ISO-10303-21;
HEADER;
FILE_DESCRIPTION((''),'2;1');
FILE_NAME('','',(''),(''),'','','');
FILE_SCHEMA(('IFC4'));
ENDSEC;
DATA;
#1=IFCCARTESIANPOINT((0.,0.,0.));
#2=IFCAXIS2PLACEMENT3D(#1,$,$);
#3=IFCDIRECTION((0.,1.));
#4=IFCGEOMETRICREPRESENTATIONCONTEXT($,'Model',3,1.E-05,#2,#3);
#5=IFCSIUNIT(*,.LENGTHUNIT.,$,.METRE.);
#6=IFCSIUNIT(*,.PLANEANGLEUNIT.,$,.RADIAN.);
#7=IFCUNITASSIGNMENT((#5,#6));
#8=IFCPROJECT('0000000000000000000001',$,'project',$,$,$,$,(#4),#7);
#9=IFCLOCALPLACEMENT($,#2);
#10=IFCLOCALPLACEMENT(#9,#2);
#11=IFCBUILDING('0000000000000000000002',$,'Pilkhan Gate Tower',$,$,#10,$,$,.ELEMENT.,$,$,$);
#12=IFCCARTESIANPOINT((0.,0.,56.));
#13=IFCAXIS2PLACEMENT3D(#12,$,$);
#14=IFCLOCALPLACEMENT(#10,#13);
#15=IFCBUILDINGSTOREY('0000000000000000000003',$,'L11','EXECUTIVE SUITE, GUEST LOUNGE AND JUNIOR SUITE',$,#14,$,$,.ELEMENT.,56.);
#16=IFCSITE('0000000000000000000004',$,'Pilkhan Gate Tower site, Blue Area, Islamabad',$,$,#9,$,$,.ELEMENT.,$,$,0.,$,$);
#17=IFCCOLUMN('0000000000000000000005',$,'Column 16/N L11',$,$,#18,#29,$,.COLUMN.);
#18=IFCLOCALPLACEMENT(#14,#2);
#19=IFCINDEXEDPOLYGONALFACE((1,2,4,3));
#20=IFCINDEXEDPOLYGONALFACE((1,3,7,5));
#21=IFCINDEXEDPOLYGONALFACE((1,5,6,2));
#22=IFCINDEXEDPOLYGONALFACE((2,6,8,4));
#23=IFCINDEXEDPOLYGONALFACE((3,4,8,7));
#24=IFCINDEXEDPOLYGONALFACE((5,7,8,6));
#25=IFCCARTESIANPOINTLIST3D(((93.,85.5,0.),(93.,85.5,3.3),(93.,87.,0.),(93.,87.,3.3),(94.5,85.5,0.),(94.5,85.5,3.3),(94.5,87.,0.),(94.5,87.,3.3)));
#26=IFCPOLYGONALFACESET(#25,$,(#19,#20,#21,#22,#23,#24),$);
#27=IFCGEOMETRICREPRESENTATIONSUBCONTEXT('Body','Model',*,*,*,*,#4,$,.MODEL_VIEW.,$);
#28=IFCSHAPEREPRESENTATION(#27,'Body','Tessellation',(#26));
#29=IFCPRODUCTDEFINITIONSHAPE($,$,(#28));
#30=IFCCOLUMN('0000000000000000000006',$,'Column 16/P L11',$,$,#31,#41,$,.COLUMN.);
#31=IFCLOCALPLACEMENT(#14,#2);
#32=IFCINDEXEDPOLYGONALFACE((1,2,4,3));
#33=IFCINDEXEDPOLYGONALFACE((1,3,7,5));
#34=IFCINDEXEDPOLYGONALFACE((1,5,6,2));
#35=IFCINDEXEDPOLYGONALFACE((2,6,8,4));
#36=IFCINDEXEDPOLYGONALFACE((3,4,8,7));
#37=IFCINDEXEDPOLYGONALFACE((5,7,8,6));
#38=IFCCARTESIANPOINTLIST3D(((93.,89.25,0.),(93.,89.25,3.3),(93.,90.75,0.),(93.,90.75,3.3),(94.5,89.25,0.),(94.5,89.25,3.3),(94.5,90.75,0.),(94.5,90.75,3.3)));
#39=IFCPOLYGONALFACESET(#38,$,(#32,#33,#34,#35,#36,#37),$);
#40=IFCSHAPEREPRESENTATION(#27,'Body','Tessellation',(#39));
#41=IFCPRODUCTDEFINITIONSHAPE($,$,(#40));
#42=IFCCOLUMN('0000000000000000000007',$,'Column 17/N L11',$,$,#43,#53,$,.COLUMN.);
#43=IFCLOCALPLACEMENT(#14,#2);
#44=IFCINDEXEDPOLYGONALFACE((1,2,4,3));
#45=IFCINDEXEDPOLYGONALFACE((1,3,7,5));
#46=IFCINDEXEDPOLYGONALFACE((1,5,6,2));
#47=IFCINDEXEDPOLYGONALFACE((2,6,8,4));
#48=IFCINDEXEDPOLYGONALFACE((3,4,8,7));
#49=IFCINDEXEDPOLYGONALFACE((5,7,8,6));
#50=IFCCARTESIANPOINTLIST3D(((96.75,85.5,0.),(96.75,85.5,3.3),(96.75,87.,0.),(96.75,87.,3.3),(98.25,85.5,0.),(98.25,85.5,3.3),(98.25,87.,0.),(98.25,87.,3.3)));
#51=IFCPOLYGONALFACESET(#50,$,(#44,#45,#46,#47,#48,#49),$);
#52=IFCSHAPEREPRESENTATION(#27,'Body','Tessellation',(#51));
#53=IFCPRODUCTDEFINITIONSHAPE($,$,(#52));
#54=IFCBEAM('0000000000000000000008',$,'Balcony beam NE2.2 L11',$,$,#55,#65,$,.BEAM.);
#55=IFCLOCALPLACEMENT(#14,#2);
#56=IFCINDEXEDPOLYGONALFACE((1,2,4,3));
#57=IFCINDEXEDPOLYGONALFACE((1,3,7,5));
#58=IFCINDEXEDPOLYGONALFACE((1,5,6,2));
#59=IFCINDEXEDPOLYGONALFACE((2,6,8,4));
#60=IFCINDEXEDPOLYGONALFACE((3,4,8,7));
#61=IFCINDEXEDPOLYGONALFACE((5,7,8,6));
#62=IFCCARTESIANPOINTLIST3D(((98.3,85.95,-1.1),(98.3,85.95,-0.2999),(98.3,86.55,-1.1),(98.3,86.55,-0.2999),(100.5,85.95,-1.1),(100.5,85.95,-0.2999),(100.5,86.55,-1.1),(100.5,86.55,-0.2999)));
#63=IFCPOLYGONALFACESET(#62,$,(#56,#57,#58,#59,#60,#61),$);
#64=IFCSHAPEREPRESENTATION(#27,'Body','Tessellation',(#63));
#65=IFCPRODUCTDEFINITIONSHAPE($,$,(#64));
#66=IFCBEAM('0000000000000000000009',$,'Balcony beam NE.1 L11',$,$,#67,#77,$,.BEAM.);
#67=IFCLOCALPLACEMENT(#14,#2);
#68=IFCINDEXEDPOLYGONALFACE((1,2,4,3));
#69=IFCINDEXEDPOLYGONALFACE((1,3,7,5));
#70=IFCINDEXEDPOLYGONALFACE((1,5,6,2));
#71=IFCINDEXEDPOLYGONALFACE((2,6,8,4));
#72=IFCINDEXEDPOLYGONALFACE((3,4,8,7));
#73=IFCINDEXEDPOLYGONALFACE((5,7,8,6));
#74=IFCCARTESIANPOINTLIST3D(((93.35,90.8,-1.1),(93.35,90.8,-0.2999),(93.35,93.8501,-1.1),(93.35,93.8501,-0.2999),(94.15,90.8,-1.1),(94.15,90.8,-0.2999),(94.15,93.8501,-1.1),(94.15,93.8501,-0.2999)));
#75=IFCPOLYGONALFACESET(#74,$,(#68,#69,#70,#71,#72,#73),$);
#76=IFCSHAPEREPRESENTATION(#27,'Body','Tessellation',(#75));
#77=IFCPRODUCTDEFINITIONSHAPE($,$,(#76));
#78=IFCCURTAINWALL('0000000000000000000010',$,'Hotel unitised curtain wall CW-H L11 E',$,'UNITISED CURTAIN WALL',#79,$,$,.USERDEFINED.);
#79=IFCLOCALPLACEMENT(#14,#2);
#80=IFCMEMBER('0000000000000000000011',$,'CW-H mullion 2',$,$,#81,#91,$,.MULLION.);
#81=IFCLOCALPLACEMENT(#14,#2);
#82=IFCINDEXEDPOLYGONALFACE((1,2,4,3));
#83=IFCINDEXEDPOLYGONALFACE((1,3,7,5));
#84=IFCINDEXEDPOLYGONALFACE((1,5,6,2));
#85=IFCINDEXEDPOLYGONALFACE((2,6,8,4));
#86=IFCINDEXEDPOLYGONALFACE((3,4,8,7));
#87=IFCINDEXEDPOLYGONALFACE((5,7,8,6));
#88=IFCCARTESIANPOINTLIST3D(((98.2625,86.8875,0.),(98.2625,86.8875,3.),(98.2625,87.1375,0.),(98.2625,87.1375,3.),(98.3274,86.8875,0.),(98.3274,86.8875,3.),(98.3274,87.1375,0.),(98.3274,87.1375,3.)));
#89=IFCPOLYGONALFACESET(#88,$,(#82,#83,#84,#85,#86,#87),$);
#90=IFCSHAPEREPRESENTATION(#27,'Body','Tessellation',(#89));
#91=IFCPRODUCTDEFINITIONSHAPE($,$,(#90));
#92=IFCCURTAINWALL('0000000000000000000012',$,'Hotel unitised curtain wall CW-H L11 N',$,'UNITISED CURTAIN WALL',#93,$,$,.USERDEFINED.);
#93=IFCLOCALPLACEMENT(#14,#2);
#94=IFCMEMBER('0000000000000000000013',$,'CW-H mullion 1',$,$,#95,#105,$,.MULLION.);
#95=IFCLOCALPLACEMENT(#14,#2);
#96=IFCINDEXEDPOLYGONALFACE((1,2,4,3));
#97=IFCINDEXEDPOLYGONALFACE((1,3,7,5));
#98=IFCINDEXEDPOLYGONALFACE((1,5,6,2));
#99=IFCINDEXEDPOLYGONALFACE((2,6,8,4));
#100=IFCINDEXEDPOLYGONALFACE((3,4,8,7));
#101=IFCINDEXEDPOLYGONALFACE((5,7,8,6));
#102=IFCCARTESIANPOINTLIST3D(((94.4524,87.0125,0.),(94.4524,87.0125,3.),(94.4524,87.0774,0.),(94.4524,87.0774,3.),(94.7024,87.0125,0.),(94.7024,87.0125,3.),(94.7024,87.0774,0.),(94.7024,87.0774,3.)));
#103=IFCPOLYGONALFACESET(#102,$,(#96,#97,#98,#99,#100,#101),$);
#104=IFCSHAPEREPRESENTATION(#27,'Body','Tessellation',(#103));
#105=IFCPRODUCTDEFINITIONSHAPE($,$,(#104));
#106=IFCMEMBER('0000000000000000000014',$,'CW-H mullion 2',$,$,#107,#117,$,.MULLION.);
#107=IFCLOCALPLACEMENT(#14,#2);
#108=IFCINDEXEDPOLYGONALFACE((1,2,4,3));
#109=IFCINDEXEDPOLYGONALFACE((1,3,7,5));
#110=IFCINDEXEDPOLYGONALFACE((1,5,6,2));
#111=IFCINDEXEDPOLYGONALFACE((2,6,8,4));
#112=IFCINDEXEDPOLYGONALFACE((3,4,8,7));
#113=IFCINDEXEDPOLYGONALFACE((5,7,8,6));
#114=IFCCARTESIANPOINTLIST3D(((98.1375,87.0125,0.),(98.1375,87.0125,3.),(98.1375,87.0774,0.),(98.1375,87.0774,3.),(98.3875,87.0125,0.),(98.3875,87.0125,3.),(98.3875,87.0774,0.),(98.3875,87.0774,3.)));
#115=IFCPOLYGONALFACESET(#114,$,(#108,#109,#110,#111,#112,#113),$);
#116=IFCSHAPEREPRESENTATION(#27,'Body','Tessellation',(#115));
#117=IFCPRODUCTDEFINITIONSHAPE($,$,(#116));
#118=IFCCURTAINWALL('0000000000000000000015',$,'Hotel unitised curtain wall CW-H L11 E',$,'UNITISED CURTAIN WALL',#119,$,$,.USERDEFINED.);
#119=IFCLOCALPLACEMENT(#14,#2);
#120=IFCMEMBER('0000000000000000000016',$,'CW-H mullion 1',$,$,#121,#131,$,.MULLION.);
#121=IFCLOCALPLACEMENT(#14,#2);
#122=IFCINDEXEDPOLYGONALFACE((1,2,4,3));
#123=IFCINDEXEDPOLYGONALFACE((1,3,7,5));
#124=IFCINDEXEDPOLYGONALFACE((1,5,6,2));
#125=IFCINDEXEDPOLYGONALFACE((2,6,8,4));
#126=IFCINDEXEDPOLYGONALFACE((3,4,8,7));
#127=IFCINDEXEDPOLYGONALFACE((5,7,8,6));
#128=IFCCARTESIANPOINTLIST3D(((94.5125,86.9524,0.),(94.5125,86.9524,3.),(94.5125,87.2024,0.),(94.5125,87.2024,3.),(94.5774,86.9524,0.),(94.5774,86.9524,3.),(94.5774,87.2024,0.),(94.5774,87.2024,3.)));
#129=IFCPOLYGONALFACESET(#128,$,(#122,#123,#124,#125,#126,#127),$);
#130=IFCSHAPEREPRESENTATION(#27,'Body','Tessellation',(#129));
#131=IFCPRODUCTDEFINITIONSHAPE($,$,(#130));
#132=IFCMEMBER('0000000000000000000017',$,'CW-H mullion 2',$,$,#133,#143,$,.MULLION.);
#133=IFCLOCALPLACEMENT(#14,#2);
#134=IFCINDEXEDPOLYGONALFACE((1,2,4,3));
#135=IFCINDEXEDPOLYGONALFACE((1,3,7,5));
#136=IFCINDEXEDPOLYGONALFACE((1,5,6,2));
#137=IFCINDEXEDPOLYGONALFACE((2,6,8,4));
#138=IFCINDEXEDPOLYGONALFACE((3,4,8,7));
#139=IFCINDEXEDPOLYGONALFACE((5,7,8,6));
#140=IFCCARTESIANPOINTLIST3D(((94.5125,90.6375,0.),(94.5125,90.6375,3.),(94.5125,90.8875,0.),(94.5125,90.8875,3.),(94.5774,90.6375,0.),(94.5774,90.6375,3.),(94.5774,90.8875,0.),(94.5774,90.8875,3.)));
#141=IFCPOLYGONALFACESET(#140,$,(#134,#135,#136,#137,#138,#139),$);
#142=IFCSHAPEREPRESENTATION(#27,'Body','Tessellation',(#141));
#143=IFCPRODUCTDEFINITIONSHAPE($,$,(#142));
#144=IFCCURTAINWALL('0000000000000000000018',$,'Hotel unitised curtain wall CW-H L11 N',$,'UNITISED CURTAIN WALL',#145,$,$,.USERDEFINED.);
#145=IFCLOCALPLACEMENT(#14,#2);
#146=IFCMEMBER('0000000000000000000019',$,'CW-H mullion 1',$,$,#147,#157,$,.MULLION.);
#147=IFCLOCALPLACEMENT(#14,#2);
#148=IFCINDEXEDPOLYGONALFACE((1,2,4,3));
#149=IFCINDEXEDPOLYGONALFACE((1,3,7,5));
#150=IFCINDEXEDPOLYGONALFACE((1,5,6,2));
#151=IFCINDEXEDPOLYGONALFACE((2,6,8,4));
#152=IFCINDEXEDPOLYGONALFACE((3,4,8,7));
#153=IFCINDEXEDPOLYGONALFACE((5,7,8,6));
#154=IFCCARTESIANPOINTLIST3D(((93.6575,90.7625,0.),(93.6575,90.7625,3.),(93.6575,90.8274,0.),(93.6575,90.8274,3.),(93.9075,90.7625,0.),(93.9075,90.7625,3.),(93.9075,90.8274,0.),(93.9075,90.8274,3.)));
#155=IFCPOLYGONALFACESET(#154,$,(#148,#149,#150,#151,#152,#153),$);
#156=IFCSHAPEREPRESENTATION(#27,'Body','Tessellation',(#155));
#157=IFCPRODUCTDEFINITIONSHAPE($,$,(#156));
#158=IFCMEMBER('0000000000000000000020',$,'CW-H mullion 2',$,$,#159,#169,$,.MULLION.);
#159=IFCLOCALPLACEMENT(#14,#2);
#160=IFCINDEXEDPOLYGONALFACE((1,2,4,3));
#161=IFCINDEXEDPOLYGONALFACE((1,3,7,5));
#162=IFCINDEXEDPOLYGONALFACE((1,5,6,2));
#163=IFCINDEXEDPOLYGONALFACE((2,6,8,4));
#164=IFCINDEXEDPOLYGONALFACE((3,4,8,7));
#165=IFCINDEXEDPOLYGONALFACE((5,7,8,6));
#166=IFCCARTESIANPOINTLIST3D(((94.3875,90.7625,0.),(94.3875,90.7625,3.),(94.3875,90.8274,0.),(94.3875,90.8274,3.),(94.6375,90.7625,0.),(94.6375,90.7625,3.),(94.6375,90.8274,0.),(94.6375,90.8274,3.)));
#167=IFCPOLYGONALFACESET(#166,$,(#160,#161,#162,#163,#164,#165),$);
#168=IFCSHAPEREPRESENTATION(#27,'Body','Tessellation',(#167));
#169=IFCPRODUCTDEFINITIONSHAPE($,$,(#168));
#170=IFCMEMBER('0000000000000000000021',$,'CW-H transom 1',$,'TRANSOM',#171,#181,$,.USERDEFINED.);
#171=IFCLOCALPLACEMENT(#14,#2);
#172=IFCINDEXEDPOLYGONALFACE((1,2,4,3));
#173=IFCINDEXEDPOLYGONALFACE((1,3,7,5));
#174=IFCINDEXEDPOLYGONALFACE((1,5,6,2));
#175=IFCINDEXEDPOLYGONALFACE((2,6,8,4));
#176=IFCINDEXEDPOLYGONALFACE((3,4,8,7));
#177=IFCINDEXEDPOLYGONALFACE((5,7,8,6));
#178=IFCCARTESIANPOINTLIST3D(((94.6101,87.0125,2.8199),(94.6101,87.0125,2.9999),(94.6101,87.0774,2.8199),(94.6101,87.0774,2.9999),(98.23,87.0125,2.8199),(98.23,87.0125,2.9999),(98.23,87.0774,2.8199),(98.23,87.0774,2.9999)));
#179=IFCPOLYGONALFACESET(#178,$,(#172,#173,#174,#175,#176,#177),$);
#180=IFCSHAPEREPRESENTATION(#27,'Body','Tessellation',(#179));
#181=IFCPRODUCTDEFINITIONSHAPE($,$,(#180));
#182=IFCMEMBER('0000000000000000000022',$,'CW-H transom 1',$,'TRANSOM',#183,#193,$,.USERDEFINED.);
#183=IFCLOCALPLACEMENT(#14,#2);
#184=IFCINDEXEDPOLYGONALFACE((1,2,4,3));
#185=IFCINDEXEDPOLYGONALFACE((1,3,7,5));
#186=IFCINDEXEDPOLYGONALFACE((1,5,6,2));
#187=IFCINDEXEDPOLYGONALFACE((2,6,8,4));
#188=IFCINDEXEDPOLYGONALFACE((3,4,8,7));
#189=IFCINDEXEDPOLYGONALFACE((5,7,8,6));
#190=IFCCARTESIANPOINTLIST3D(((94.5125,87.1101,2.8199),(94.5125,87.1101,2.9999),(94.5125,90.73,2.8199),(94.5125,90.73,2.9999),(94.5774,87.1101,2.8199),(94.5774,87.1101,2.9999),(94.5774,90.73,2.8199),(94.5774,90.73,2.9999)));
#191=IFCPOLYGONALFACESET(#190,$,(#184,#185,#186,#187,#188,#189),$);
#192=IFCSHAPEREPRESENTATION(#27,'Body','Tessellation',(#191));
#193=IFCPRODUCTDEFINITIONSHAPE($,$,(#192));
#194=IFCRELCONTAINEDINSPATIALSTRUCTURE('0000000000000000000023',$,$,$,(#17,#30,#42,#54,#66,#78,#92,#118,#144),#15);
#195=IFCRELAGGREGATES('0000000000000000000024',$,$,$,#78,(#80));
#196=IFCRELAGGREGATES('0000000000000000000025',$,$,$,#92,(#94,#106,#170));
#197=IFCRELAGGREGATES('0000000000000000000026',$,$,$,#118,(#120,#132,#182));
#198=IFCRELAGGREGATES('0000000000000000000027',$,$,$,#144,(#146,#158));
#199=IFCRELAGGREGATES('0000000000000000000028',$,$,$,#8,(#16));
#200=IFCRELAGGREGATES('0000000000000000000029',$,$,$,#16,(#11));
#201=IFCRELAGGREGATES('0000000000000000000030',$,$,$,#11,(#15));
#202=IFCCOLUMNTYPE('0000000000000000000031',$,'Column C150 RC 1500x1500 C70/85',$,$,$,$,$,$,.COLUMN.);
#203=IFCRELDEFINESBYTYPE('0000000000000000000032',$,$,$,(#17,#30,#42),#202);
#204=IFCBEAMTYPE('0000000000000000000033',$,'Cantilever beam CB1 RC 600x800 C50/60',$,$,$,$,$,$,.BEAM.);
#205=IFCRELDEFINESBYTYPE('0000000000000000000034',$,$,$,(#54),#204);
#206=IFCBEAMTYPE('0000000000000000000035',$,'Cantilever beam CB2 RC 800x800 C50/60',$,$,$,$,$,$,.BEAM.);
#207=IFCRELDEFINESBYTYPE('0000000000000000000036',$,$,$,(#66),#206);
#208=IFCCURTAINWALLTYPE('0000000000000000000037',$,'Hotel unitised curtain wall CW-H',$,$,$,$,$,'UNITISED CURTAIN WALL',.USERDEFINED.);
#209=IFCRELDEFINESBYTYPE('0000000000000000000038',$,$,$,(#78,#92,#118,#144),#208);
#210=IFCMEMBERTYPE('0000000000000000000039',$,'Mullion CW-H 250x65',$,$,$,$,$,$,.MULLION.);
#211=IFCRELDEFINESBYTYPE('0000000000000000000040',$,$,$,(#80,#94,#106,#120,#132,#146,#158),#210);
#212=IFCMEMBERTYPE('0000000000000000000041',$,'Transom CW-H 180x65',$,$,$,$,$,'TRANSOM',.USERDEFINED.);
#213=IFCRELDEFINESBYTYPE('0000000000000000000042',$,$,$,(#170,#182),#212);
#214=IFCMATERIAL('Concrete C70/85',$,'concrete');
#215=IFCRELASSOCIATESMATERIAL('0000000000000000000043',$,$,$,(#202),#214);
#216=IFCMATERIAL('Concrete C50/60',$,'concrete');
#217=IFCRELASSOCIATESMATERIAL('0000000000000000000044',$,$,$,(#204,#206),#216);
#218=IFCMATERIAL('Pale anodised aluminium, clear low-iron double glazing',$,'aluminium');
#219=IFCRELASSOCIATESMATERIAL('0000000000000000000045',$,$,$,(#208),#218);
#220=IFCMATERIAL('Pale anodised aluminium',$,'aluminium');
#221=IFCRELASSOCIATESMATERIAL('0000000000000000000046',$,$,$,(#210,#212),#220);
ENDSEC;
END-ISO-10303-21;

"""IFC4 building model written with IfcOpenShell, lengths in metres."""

from ifc_helpers import new_model, si_unit, direction, frame, origin, origin_2d, place, context, subcontext, project, spatial, rectangle, extrude, material, material_profile, profile_set, type_object, element, aggregate, save


model = new_model("IFC4")

# Units and contexts
model_context = context("Model", 3, precision=1e-05, world=origin(), true_north=direction((0.0, 1.0)))
body_context = subcontext(model_context, "Body", "Model", "MODEL_VIEW")
ifc_project = project(units=[si_unit("LENGTHUNIT", "METRE"), si_unit("PLANEANGLEUNIT", "RADIAN")], contexts=[model_context])

# Site, building, storey
site_placement = place(None, origin())
site = spatial("IfcSite", under=ifc_project, at=site_placement, Name="Pilkhan Gate Tower site, Blue Area, Islamabad", CompositionType="ELEMENT", RefElevation=0.0)
building_placement = place(site_placement, origin())
building = spatial("IfcBuilding", under=site, at=building_placement, Name="Pilkhan Gate Tower", CompositionType="ELEMENT")
storey_placement = place(building_placement, frame((0.0, 0.0, 56.0)))
storey = spatial("IfcBuildingStorey", under=building, at=storey_placement, Name="L11", Description="EXECUTIVE SUITE, GUEST LOUNGE AND JUNIOR SUITE", CompositionType="ELEMENT", Elevation=56.0)

# Columns
ifc_material_1 = material(Name="Concrete C70/85", Category="concrete")
ifc_material_profile_1 = material_profile(ifc_material_1, rectangle(XDim=1.5, YDim=1.5, at=origin_2d()), Name="RC 1500x1500")
ifc_profile_set_1 = profile_set([ifc_material_profile_1], Name="Concrete C70/85")
column_type = type_object("IfcColumnType", Name="Column C150 RC 1500x1500 C70/85", PredefinedType="COLUMN", material=ifc_profile_set_1)
for number, where, z_axis, x_axis, name in (
    (1, (93.75, 86.25, 0.0), (0.0, 0.0, 1.0), (1.0, 0.0, 0.0), "Column 16/N L11"),
    (2, (93.75, 90.0, 0.0), (0.0, 0.0, 1.0), (1.0, 0.0, 0.0), "Column 16/P L11"),
    (3, (97.5, 86.25, 0.0), (0.0, 0.0, 1.0), (1.0, 0.0, 0.0), "Column 17/N L11"),
):
    element("IfcColumn", number, at=place(storey_placement, frame(where, z_axis=z_axis, x_axis=x_axis)), inside=storey, type_object=column_type, Name=name, PredefinedType="COLUMN", context=body_context, shape_type="SweptSolid", body=[
        extrude(rectangle(XDim=1.5, YDim=1.5, at=origin_2d()), origin(), (0.0, 0.0, 1.0), 3.3),
    ])

# Beams
ifc_material_2 = material(Name="Concrete C50/60", Category="concrete")
ifc_material_profile_2 = material_profile(ifc_material_2, rectangle(XDim=0.6001, YDim=0.8, at=origin_2d()), Name="RC 600x800")
ifc_profile_set_2 = profile_set([ifc_material_profile_2], Name="Concrete C50/60")
beam_type_1 = type_object("IfcBeamType", Name="Cantilever beam CB1 RC 600x800 C50/60", PredefinedType="BEAM", material=ifc_profile_set_2)
beam_1_placement = place(storey_placement, frame((98.3, 86.25, -0.7), z_axis=(1.0, 0.0, 0.0), x_axis=(0.0, 1.0, 0.0)))
element("IfcBeam", 4, at=beam_1_placement, inside=storey, type_object=beam_type_1, Name="Balcony beam NE2.2 L11", PredefinedType="BEAM", context=body_context, shape_type="SweptSolid", body=[
    extrude(rectangle(XDim=0.6001, YDim=0.8, at=origin_2d()), origin(), (0.0, 0.0, 1.0), 2.2),
])
ifc_material_profile_3 = material_profile(ifc_material_2, rectangle(XDim=0.8, YDim=0.8, at=origin_2d()), Name="RC 800x800")
ifc_profile_set_3 = profile_set([ifc_material_profile_3], Name="Concrete C50/60")
beam_type_2 = type_object("IfcBeamType", Name="Cantilever beam CB2 RC 800x800 C50/60", PredefinedType="BEAM", material=ifc_profile_set_3)
beam_2_placement = place(storey_placement, frame((93.75, 90.8, -0.7), z_axis=(0.0, 1.0, 0.0), x_axis=(-1.0, 0.0, 0.0)))
element("IfcBeam", 5, at=beam_2_placement, inside=storey, type_object=beam_type_2, Name="Balcony beam NE.1 L11", PredefinedType="BEAM", context=body_context, shape_type="SweptSolid", body=[
    extrude(rectangle(XDim=0.8, YDim=0.8, at=origin_2d()), origin(), (0.0, 0.0, 1.0), 3.05),
])

# Curtain wall, member
ifc_material_3 = material(Name="Pale anodised aluminium, clear low-iron double glazing", Category="aluminium")
curtain_wall_type = type_object("IfcCurtainWallType", Name="Hotel unitised curtain wall CW-H", ElementType="UNITISED CURTAIN WALL", PredefinedType="USERDEFINED", material=ifc_material_3)
curtain_wall_1_placement = place(storey_placement, origin())
curtain_wall_1 = element("IfcCurtainWall", 6, at=curtain_wall_1_placement, inside=storey, type_object=curtain_wall_type, Name="Hotel unitised curtain wall CW-H L11 E", ObjectType="UNITISED CURTAIN WALL", PredefinedType="USERDEFINED")
ifc_material_4 = material(Name="Pale anodised aluminium", Category="aluminium")
ifc_material_profile_4 = material_profile(ifc_material_4, rectangle(XDim=0.0649, YDim=0.25, at=origin_2d()), Name="Mullion 250x65")
ifc_profile_set_4 = profile_set([ifc_material_profile_4], Name="Pale anodised aluminium")
member_type_1 = type_object("IfcMemberType", Name="Mullion CW-H 250x65", PredefinedType="MULLION", material=ifc_profile_set_4)
member_1_placement = place(storey_placement, frame((98.2949, 87.0125, 0.0), z_axis=(0.0, 0.0, 1.0), x_axis=(-1.0, 0.0, 0.0)))
member_1 = element("IfcMember", 7, at=member_1_placement, type_object=member_type_1, Name="CW-H mullion 2", PredefinedType="MULLION", context=body_context, shape_type="SweptSolid", body=[
    extrude(rectangle(XDim=0.0649, YDim=0.25, at=origin_2d()), origin(), (0.0, 0.0, 1.0), 3.0),
])

# Curtain walls, members
curtain_wall_2_placement = place(storey_placement, origin())
curtain_wall_2 = element("IfcCurtainWall", 8, at=curtain_wall_2_placement, inside=storey, type_object=curtain_wall_type, Name="Hotel unitised curtain wall CW-H L11 N", ObjectType="UNITISED CURTAIN WALL", PredefinedType="USERDEFINED")
member_2_placement = place(storey_placement, frame((94.5774, 87.0449, 0.0), z_axis=(0.0, 0.0, 1.0), x_axis=(0.0, 1.0, 0.0)))
member_2 = element("IfcMember", 9, at=member_2_placement, type_object=member_type_1, Name="CW-H mullion 1", PredefinedType="MULLION", context=body_context, shape_type="SweptSolid", body=[
    extrude(rectangle(XDim=0.0649, YDim=0.25, at=origin_2d()), origin(), (0.0, 0.0, 1.0), 3.0),
])
member_3_placement = place(storey_placement, frame((98.2625, 87.0449, 0.0), z_axis=(0.0, 0.0, 1.0), x_axis=(0.0, 1.0, 0.0)))
member_3 = element("IfcMember", 10, at=member_3_placement, type_object=member_type_1, Name="CW-H mullion 2", PredefinedType="MULLION", context=body_context, shape_type="SweptSolid", body=[
    extrude(rectangle(XDim=0.0649, YDim=0.25, at=origin_2d()), origin(), (0.0, 0.0, 1.0), 3.0),
])
curtain_wall_3_placement = place(storey_placement, origin())
curtain_wall_3 = element("IfcCurtainWall", 11, at=curtain_wall_3_placement, inside=storey, type_object=curtain_wall_type, Name="Hotel unitised curtain wall CW-H L11 E", ObjectType="UNITISED CURTAIN WALL", PredefinedType="USERDEFINED")
member_4_placement = place(storey_placement, frame((94.5449, 87.0774, 0.0), z_axis=(0.0, 0.0, 1.0), x_axis=(-1.0, 0.0, 0.0)))
member_4 = element("IfcMember", 12, at=member_4_placement, type_object=member_type_1, Name="CW-H mullion 1", PredefinedType="MULLION", context=body_context, shape_type="SweptSolid", body=[
    extrude(rectangle(XDim=0.0649, YDim=0.25, at=origin_2d()), origin(), (0.0, 0.0, 1.0), 3.0),
])
member_5_placement = place(storey_placement, frame((94.5449, 90.7625, 0.0), z_axis=(0.0, 0.0, 1.0), x_axis=(-1.0, 0.0, 0.0)))
member_5 = element("IfcMember", 13, at=member_5_placement, type_object=member_type_1, Name="CW-H mullion 2", PredefinedType="MULLION", context=body_context, shape_type="SweptSolid", body=[
    extrude(rectangle(XDim=0.0649, YDim=0.25, at=origin_2d()), origin(), (0.0, 0.0, 1.0), 3.0),
])
curtain_wall_4_placement = place(storey_placement, origin())
curtain_wall_4 = element("IfcCurtainWall", 14, at=curtain_wall_4_placement, inside=storey, type_object=curtain_wall_type, Name="Hotel unitised curtain wall CW-H L11 N", ObjectType="UNITISED CURTAIN WALL", PredefinedType="USERDEFINED")
member_6_placement = place(storey_placement, frame((93.7825, 90.7949, 0.0), z_axis=(0.0, 0.0, 1.0), x_axis=(0.0, 1.0, 0.0)))
member_6 = element("IfcMember", 15, at=member_6_placement, type_object=member_type_1, Name="CW-H mullion 1", PredefinedType="MULLION", context=body_context, shape_type="SweptSolid", body=[
    extrude(rectangle(XDim=0.0649, YDim=0.25, at=origin_2d()), origin(), (0.0, 0.0, 1.0), 3.0),
])
member_7_placement = place(storey_placement, frame((94.5125, 90.7949, 0.0), z_axis=(0.0, 0.0, 1.0), x_axis=(0.0, 1.0, 0.0)))
member_7 = element("IfcMember", 16, at=member_7_placement, type_object=member_type_1, Name="CW-H mullion 2", PredefinedType="MULLION", context=body_context, shape_type="SweptSolid", body=[
    extrude(rectangle(XDim=0.0649, YDim=0.25, at=origin_2d()), origin(), (0.0, 0.0, 1.0), 3.0),
])

# Members
ifc_material_profile_5 = material_profile(ifc_material_4, rectangle(XDim=0.0649, YDim=0.1799, at=origin_2d()), Name="Transom 180x65")
ifc_profile_set_5 = profile_set([ifc_material_profile_5], Name="Pale anodised aluminium")
member_type_2 = type_object("IfcMemberType", Name="Transom CW-H 180x65", ElementType="TRANSOM", PredefinedType="USERDEFINED", material=ifc_profile_set_5)
member_8_placement = place(storey_placement, frame((94.6101, 87.0449, 2.9099), z_axis=(1.0, 0.0, 0.0), x_axis=(0.0, 1.0, 0.0)))
member_8 = element("IfcMember", 17, at=member_8_placement, type_object=member_type_2, Name="CW-H transom 1", ObjectType="TRANSOM", PredefinedType="USERDEFINED", context=body_context, shape_type="SweptSolid", body=[
    extrude(rectangle(XDim=0.0649, YDim=0.1799, at=origin_2d()), origin(), (0.0, 0.0, 1.0), 3.6199),
])
member_9_placement = place(storey_placement, frame((94.5449, 87.1101, 2.9099), z_axis=(0.0, 1.0, 0.0), x_axis=(-1.0, 0.0, 0.0)))
member_9 = element("IfcMember", 18, at=member_9_placement, type_object=member_type_2, Name="CW-H transom 1", ObjectType="TRANSOM", PredefinedType="USERDEFINED", context=body_context, shape_type="SweptSolid", body=[
    extrude(rectangle(XDim=0.0649, YDim=0.1799, at=origin_2d()), origin(), (0.0, 0.0, 1.0), 3.6199),
])

aggregate(curtain_wall_1, [member_1])
aggregate(curtain_wall_2, [member_2, member_3, member_8])
aggregate(curtain_wall_3, [member_4, member_5, member_9])
aggregate(curtain_wall_4, [member_6, member_7])

save(model, "model.ifc")
